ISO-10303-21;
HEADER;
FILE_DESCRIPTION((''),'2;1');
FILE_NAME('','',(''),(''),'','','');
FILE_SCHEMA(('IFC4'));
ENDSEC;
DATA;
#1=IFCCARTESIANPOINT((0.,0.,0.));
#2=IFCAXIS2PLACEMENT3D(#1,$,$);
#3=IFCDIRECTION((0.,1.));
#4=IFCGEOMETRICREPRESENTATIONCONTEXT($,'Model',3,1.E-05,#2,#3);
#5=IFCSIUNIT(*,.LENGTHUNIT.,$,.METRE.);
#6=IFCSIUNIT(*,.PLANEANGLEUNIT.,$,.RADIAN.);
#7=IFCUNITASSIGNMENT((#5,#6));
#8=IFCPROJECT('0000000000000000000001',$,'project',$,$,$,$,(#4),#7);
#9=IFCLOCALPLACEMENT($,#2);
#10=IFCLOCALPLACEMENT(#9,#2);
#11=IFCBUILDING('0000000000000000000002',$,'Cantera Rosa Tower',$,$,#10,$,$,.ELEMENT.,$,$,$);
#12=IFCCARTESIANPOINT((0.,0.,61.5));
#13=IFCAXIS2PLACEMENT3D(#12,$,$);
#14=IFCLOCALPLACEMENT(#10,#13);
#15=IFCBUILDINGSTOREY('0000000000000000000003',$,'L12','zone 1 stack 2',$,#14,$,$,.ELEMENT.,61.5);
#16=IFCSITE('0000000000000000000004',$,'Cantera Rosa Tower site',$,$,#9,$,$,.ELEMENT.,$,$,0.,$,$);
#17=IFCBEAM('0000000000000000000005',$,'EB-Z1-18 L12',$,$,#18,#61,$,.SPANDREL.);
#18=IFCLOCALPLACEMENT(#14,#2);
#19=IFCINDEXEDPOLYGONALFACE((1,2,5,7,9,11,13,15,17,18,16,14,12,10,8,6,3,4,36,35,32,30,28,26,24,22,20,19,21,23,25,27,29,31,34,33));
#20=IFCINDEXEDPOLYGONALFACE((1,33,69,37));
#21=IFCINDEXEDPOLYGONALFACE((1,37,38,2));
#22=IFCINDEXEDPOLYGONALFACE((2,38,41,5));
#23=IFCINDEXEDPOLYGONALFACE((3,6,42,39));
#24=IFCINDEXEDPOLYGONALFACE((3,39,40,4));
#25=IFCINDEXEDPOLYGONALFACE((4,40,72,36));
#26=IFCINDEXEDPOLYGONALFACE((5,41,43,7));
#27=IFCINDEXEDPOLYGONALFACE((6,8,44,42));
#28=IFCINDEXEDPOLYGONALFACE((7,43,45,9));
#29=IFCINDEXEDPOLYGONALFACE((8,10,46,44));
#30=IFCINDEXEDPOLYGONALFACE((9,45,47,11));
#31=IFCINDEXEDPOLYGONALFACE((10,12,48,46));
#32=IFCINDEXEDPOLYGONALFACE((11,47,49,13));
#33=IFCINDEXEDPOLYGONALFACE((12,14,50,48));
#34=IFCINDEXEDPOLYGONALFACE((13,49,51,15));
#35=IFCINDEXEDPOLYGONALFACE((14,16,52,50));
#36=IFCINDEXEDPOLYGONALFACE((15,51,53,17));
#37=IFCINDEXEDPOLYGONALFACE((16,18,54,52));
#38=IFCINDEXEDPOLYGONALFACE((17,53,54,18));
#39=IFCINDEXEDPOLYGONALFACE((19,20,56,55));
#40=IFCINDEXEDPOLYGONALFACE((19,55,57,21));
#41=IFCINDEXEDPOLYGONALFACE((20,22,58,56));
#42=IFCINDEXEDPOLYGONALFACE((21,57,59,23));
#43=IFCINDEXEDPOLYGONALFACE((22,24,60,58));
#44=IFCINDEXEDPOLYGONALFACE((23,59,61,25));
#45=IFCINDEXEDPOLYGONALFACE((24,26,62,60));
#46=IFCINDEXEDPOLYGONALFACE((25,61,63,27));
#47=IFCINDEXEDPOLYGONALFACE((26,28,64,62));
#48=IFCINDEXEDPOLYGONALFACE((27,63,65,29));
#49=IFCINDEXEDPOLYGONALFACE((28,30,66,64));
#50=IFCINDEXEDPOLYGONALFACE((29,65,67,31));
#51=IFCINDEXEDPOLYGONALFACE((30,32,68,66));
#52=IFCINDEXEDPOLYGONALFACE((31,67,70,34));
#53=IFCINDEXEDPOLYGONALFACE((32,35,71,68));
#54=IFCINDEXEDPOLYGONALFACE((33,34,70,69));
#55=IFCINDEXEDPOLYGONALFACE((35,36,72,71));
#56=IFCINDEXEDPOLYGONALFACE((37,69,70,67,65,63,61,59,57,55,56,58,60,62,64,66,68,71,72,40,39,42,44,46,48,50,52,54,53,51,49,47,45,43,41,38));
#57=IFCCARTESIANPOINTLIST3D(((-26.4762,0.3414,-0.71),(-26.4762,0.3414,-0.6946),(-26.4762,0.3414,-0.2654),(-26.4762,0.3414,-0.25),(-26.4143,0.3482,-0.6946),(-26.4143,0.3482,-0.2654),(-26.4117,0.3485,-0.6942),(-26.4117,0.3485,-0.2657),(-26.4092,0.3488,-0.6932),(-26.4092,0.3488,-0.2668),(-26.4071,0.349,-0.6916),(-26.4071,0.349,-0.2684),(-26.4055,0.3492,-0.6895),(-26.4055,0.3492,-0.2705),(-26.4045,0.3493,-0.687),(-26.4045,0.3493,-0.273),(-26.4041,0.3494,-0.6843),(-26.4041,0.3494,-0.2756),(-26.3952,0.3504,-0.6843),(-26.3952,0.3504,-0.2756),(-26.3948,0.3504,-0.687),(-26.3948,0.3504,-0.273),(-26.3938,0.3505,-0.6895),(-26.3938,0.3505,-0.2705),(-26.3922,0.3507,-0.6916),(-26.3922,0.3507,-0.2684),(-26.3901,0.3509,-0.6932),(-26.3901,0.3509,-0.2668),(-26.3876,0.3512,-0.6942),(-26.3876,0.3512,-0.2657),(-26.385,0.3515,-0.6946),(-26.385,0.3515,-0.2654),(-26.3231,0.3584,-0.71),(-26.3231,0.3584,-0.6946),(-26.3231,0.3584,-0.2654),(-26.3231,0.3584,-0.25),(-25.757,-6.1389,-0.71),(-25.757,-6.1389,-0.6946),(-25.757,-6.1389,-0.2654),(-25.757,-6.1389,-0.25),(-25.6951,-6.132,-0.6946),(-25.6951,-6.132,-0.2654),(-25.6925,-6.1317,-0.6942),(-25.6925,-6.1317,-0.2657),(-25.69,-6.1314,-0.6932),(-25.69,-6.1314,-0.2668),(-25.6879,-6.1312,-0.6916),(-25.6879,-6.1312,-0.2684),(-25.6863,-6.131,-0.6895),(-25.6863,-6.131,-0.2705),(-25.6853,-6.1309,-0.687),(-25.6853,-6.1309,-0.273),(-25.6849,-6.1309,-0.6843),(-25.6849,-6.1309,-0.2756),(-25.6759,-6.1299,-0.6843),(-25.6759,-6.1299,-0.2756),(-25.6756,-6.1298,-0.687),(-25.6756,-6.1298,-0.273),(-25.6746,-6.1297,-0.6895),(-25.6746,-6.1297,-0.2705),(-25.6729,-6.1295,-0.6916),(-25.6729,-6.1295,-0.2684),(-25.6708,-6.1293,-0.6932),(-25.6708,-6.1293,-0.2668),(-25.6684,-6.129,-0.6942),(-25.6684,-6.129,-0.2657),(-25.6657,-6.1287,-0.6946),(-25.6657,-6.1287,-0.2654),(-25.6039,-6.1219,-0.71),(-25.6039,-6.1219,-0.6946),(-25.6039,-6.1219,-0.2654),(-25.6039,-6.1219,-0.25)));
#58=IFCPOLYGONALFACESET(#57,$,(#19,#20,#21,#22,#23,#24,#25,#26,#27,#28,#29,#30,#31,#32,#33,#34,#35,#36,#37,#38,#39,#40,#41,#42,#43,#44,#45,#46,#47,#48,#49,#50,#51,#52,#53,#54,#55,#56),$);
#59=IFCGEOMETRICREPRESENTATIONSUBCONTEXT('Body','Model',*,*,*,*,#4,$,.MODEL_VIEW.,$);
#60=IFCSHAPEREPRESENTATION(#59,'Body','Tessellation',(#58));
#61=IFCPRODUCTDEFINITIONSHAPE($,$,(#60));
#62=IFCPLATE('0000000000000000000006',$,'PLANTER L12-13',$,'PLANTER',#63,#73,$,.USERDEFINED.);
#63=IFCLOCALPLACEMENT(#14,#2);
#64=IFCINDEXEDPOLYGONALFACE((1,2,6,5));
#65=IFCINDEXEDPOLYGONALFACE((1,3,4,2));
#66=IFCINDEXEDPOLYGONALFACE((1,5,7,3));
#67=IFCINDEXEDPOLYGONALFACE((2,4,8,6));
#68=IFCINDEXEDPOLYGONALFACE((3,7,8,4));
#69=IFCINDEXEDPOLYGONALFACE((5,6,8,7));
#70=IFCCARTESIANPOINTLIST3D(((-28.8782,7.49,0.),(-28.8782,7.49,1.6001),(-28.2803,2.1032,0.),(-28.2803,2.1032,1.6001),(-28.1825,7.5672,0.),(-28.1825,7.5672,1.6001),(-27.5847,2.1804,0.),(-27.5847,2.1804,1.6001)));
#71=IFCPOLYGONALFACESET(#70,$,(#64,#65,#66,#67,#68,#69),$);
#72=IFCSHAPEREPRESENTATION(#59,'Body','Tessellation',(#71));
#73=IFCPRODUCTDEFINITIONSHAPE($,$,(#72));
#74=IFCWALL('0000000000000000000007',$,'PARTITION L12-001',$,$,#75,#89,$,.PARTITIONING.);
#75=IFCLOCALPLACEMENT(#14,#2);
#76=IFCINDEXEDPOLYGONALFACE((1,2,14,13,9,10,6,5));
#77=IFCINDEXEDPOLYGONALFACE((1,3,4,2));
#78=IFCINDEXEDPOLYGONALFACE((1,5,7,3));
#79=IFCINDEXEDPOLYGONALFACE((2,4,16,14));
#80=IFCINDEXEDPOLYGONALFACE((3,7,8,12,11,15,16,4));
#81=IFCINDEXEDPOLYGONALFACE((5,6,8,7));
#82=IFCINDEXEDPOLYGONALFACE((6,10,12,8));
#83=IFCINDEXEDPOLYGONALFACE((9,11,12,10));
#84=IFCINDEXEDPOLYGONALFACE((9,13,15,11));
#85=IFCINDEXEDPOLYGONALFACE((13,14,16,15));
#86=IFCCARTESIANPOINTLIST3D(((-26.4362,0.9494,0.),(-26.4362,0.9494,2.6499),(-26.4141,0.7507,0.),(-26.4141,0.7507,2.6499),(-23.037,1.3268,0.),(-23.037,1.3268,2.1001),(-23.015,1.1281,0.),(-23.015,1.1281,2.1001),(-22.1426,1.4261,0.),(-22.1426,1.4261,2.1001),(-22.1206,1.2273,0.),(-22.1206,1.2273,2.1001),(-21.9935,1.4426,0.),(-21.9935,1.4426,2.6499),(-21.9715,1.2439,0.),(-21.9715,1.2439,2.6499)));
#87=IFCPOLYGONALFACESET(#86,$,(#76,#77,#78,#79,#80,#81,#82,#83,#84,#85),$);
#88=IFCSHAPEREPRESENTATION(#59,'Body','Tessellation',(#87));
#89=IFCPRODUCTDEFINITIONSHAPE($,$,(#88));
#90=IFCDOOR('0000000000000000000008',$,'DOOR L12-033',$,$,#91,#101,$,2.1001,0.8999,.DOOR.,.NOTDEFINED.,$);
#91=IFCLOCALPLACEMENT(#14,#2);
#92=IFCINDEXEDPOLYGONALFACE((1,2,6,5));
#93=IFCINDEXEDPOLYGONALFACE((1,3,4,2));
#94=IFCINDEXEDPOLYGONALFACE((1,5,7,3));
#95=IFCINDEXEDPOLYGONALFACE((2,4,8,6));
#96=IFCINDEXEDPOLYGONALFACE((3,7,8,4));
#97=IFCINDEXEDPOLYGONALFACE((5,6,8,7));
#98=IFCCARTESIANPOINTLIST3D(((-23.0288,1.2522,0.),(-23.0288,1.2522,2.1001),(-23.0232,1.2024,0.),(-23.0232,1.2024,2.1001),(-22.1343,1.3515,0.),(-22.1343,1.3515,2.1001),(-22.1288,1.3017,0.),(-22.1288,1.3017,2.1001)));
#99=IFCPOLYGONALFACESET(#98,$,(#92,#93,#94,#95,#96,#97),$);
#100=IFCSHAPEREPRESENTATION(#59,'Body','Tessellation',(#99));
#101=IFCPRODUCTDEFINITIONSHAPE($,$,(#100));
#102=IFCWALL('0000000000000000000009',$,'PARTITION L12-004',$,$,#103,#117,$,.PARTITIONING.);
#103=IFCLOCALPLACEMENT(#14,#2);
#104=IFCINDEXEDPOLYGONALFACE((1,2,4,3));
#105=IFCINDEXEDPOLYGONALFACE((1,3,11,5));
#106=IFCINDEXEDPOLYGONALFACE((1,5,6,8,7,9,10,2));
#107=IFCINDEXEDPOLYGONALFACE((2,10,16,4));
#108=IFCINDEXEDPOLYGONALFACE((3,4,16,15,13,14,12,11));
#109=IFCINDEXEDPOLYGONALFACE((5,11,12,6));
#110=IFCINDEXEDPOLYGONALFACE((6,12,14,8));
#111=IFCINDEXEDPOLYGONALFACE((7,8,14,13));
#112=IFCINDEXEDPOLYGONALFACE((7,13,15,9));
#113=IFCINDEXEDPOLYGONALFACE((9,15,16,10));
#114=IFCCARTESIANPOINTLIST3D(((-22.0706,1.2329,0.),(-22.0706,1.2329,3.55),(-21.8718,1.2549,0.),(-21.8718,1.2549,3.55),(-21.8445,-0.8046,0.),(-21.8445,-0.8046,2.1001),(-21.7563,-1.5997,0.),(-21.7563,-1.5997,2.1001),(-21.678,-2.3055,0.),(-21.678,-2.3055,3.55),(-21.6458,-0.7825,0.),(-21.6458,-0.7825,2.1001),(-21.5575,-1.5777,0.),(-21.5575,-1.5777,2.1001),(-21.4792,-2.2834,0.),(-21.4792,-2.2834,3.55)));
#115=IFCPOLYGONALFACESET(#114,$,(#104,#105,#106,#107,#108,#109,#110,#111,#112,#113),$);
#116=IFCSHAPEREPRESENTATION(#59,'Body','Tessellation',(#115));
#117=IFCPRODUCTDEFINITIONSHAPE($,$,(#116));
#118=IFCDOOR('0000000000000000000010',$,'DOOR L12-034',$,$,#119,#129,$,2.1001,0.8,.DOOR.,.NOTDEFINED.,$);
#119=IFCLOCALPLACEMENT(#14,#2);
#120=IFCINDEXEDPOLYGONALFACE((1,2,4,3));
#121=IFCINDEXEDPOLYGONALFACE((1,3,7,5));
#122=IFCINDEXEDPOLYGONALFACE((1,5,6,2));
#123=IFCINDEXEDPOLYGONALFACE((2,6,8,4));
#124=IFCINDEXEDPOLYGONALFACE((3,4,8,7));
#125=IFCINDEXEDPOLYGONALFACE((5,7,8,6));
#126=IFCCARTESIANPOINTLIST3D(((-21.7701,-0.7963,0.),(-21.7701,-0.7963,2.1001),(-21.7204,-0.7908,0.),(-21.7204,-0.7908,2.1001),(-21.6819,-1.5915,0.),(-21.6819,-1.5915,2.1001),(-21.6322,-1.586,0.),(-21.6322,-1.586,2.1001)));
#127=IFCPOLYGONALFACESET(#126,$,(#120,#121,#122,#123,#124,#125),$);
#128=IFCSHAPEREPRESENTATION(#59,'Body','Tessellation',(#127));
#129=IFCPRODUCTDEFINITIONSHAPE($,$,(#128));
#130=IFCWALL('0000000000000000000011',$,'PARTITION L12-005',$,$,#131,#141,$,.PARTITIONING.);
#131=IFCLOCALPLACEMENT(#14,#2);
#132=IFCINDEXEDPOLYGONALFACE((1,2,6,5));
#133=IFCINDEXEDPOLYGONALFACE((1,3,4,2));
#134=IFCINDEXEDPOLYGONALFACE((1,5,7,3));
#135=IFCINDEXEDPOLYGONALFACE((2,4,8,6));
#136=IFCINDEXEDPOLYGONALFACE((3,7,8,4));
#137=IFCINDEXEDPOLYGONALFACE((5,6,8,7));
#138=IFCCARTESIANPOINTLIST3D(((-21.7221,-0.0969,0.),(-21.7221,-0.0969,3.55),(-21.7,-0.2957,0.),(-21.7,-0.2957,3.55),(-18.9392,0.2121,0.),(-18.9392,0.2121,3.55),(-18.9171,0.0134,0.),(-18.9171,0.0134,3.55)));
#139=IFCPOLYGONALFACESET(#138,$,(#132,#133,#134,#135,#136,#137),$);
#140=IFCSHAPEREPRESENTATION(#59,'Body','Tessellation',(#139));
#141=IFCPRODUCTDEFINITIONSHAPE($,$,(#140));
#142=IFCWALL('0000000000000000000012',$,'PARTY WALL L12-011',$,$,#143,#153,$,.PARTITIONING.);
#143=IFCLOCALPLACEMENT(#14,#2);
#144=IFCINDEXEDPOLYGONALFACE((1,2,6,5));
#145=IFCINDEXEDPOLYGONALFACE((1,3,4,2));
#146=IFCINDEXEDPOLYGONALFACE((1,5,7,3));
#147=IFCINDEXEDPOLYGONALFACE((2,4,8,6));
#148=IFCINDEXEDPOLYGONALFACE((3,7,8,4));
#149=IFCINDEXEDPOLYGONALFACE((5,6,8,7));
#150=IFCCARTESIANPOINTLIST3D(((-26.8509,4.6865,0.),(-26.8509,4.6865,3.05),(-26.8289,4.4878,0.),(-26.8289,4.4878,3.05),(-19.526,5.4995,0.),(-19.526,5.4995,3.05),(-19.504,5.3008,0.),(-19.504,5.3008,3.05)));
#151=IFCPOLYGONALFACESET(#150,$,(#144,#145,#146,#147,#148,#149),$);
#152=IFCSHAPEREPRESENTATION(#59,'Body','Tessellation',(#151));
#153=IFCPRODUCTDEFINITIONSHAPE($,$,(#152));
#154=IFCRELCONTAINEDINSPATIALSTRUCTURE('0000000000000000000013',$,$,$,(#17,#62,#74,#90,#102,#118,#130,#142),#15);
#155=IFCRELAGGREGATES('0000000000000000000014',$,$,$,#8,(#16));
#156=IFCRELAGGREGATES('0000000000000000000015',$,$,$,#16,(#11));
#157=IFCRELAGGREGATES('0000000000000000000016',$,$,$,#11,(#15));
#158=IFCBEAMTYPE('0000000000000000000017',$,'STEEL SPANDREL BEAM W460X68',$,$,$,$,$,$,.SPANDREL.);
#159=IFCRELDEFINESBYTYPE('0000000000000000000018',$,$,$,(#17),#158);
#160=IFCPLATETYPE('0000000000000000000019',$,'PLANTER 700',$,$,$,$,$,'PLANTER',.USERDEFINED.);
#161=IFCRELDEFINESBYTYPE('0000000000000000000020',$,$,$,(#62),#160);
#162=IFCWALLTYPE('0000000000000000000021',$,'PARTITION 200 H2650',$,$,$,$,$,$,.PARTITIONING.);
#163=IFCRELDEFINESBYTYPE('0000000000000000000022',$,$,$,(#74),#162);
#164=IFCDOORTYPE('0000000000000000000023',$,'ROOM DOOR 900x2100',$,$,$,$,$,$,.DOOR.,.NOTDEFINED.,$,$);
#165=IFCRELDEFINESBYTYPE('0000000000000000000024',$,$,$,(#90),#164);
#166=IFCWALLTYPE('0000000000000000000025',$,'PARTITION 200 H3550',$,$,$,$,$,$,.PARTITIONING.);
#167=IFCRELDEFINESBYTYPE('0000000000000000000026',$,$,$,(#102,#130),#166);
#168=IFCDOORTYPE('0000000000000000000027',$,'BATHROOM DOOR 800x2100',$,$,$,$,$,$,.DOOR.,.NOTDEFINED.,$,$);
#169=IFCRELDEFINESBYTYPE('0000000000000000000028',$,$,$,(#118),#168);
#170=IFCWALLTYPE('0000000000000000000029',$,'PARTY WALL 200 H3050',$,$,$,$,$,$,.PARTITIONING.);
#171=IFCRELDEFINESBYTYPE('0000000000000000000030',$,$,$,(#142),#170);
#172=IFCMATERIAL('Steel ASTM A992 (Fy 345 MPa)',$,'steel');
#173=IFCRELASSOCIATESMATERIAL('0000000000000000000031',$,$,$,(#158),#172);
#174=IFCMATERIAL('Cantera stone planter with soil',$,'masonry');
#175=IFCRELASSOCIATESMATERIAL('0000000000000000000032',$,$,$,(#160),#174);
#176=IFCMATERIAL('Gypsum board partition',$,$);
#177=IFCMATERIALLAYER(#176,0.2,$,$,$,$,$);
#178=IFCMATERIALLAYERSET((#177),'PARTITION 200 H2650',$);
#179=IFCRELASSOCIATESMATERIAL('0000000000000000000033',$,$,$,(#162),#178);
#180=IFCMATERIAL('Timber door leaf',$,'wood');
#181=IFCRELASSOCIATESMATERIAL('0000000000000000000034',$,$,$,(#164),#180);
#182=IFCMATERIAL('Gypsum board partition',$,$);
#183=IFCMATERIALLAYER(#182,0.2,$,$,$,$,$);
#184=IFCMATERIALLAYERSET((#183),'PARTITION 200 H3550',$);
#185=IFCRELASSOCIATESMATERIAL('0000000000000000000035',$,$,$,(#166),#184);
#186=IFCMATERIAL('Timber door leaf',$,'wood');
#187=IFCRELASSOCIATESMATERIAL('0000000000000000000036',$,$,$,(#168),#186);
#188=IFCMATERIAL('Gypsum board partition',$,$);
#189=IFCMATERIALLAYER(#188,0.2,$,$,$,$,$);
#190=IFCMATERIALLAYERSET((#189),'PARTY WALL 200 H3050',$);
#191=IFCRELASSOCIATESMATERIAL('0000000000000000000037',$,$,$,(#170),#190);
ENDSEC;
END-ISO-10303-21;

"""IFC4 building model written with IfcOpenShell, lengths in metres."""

from ifc_helpers import new_model, si_unit, direction, frame, frame_2d, origin, origin_2d, place, context, subcontext, project, spatial, rectangle, i_section, extrude, material, layer, layer_set, material_profile, profile_set, type_object, element, fill, save


model = new_model("IFC4")

# Units and contexts
model_context = context("Model", 3, precision=1e-05, world=origin(), true_north=direction((0.0, 1.0)))
body_context = subcontext(model_context, "Body", "Model", "MODEL_VIEW")
ifc_project = project(units=[si_unit("LENGTHUNIT", "METRE"), si_unit("PLANEANGLEUNIT", "RADIAN")], contexts=[model_context])

# Site, building, storey
site_placement = place(None, origin())
site = spatial("IfcSite", under=ifc_project, at=site_placement, Name="Cantera Rosa Tower site", CompositionType="ELEMENT", RefElevation=0.0)
building_placement = place(site_placement, origin())
building = spatial("IfcBuilding", under=site, at=building_placement, Name="Cantera Rosa Tower", CompositionType="ELEMENT")
storey_placement = place(building_placement, frame((0.0, 0.0, 61.5)))
storey = spatial("IfcBuildingStorey", under=building, at=storey_placement, Name="L12", Description="zone 1 stack 2", CompositionType="ELEMENT", Elevation=61.5)

# Beam
ifc_material_1 = material(Name="Steel ASTM A992 (Fy 345 MPa)", Category="steel")
ifc_material_profile_1 = material_profile(ifc_material_1, i_section(OverallWidth=0.1541, OverallDepth=0.46, WebThickness=0.009, FlangeThickness=0.0154, FilletRadius=0.0103, at=origin_2d()), Name="W460X68")
ifc_profile_set_1 = profile_set([ifc_material_profile_1], Name="Steel ASTM A992 (Fy 345 MPa)")
beam_type_1 = type_object("IfcBeamType", Name="STEEL SPANDREL BEAM W460X68", PredefinedType="SPANDREL", material=ifc_profile_set_1)
for number, where, z_axis, x_axis, name in (
    (1, (-26.3997, 0.3499, -0.48), (0.110312, -0.993897, 0.0), (0.993897, 0.110312, 0.0), "EB-Z1-18 L12"),
):
    element("IfcBeam", number, at=place(storey_placement, frame(where, z_axis=z_axis, x_axis=x_axis)), inside=storey, type_object=beam_type_1, Name=name, PredefinedType="SPANDREL", context=body_context, shape_type="SweptSolid", body=[
        extrude(i_section(OverallWidth=0.1541, OverallDepth=0.46, WebThickness=0.009, FlangeThickness=0.0154, FilletRadius=0.0103, at=origin_2d()), origin(), (0.0, 0.0, 1.0), 6.52),
    ])

# Plate
ifc_material_2 = material(Name="Cantera stone planter with soil", Category="masonry")
plate_type = type_object("IfcPlateType", Name="PLANTER 700", ElementType="PLANTER", PredefinedType="USERDEFINED", material=ifc_material_2)
plate_placement = place(storey_placement, frame((-28.2314, 4.8352, 0.0), z_axis=(0.0, 0.0, 1.0), x_axis=(0.110313, -0.993897, 0.0)))
element("IfcPlate", 2, at=plate_placement, inside=storey, type_object=plate_type, Name="PLANTER L12-13", ObjectType="PLANTER", PredefinedType="USERDEFINED", context=body_context, shape_type="SweptSolid", body=[
    extrude(rectangle(XDim=5.4199, YDim=0.7, at=origin_2d()), origin(), (0.0, 0.0, 1.0), 1.6001),
])

# Walls, openings, doors
ifc_material_3 = material(Name="Gypsum board partition")
ifc_layer_1 = layer(ifc_material_3, 0.2)
ifc_layer_set_1 = layer_set([ifc_layer_1], Name="PARTITION 200 H2650")
wall_type_1 = type_object("IfcWallType", Name="PARTITION 200 H2650", PredefinedType="PARTITIONING", material=ifc_layer_set_1)
wall_1_placement = place(storey_placement, frame((-26.425, 0.8501, 0.0), z_axis=(0.0, 0.0, 1.0), x_axis=(0.993895, 0.11033, 0.0)))
wall_1 = element("IfcWall", 3, at=wall_1_placement, inside=storey, type_object=wall_type_1, Name="PARTITION L12-001", PredefinedType="PARTITIONING", context=body_context, shape_type="SweptSolid", body=[
    extrude(rectangle(XDim=4.47, YDim=0.2, at=frame_2d((2.2349, 0.0))), origin(), (0.0, 0.0, 1.0), 2.6499),
])
opening_1_placement = place(wall_1_placement, frame((3.4199, 0.0, 0.0)))
opening_1 = element("IfcOpeningElement", 4, at=opening_1_placement, cuts=wall_1, PredefinedType="OPENING", context=body_context, shape_type="SweptSolid", body=[
    extrude(rectangle(XDim=0.8999, YDim=2.1001, at=frame_2d((0.45, 1.05))), frame((0.0, 0.1099, 0.0), z_axis=(0.0, -1.0, 0.0), x_axis=(1.0, 0.0, 0.0)), (0.0, 0.0, 1.0), 0.22),
])
ifc_material_4 = material(Name="Timber door leaf", Category="wood")
door_type_1 = type_object("IfcDoorType", Name="ROOM DOOR 900x2100", OperationType="NOTDEFINED", PredefinedType="DOOR", material=ifc_material_4)
door_1_placement = place(opening_1_placement, origin())
door_1 = element("IfcDoor", 5, at=door_1_placement, inside=storey, type_object=door_type_1, Name="DOOR L12-033", OperationType="NOTDEFINED", OverallHeight=2.1001, OverallWidth=0.8999, PredefinedType="DOOR", context=body_context, shape_type="SweptSolid", body=[
    extrude(rectangle(XDim=0.8999, YDim=2.1001, at=frame_2d((0.45, 1.05))), frame((0.0, 0.0249, 0.0), z_axis=(0.0, -1.0, 0.0), x_axis=(1.0, 0.0, 0.0)), (0.0, 0.0, 1.0), 0.05),
])
fill(opening_1, door_1)
ifc_material_5 = material(Name="Gypsum board partition")
ifc_layer_2 = layer(ifc_material_5, 0.2)
ifc_layer_set_2 = layer_set([ifc_layer_2], Name="PARTITION 200 H3550")
wall_type_2 = type_object("IfcWallType", Name="PARTITION 200 H3550", PredefinedType="PARTITIONING", material=ifc_layer_set_2)
wall_2_placement = place(storey_placement, frame((-21.9712, 1.2439, 0.0), z_axis=(0.0, 0.0, 1.0), x_axis=(0.110273, -0.993901, 0.0)))
wall_2 = element("IfcWall", 6, at=wall_2_placement, inside=storey, type_object=wall_type_2, Name="PARTITION L12-004", PredefinedType="PARTITIONING", context=body_context, shape_type="SweptSolid", body=[
    extrude(rectangle(XDim=3.5601, YDim=0.2, at=frame_2d((1.78, 0.0))), origin(), (0.0, 0.0, 1.0), 3.55),
])
opening_2_placement = place(wall_2_placement, frame((2.05, 0.0, 0.0)))
opening_2 = element("IfcOpeningElement", 7, at=opening_2_placement, cuts=wall_2, PredefinedType="OPENING", context=body_context, shape_type="SweptSolid", body=[
    extrude(rectangle(XDim=0.8, YDim=2.1001, at=frame_2d((0.3999, 1.05))), frame((0.0, 0.1099, 0.0), z_axis=(0.0, -1.0, 0.0), x_axis=(1.0, 0.0, 0.0)), (0.0, 0.0, 1.0), 0.22),
])
ifc_material_6 = material(Name="Timber door leaf", Category="wood")
door_type_2 = type_object("IfcDoorType", Name="BATHROOM DOOR 800x2100", OperationType="NOTDEFINED", PredefinedType="DOOR", material=ifc_material_6)
door_2_placement = place(opening_2_placement, origin())
door_2 = element("IfcDoor", 8, at=door_2_placement, inside=storey, type_object=door_type_2, Name="DOOR L12-034", OperationType="NOTDEFINED", OverallHeight=2.1001, OverallWidth=0.8, PredefinedType="DOOR", context=body_context, shape_type="SweptSolid", body=[
    extrude(rectangle(XDim=0.8, YDim=2.1001, at=frame_2d((0.3999, 1.05))), frame((0.0, 0.0249, 0.0), z_axis=(0.0, -1.0, 0.0), x_axis=(1.0, 0.0, 0.0)), (0.0, 0.0, 1.0), 0.05),
])
fill(opening_2, door_2)

# Walls
wall_3_placement = place(storey_placement, frame((-21.7109, -0.1963, 0.0), z_axis=(0.0, 0.0, 1.0), x_axis=(0.993889, 0.110384, 0.0)))
element("IfcWall", 9, at=wall_3_placement, inside=storey, type_object=wall_type_2, Name="PARTITION L12-005", PredefinedType="PARTITIONING", context=body_context, shape_type="SweptSolid", body=[
    extrude(rectangle(XDim=2.8, YDim=0.2, at=frame_2d((1.3999, 0.0))), origin(), (0.0, 0.0, 1.0), 3.55),
])
ifc_material_7 = material(Name="Gypsum board partition")
ifc_layer_3 = layer(ifc_material_7, 0.2)
ifc_layer_set_3 = layer_set([ifc_layer_3], Name="PARTY WALL 200 H3050")
wall_type_3 = type_object("IfcWallType", Name="PARTY WALL 200 H3050", PredefinedType="PARTITIONING", material=ifc_layer_set_3)
wall_4_placement = place(storey_placement, frame((-19.5149, 5.4001, 0.0), z_axis=(0.0, 0.0, 1.0), x_axis=(-0.993897, -0.110312, 0.0)))
element("IfcWall", 10, at=wall_4_placement, inside=storey, type_object=wall_type_3, Name="PARTY WALL L12-011", PredefinedType="PARTITIONING", context=body_context, shape_type="SweptSolid", body=[
    extrude(rectangle(XDim=7.3699, YDim=0.2, at=frame_2d((3.6851, 0.0))), origin(), (0.0, 0.0, 1.0), 3.05),
])

save(model, "model.ifc")
